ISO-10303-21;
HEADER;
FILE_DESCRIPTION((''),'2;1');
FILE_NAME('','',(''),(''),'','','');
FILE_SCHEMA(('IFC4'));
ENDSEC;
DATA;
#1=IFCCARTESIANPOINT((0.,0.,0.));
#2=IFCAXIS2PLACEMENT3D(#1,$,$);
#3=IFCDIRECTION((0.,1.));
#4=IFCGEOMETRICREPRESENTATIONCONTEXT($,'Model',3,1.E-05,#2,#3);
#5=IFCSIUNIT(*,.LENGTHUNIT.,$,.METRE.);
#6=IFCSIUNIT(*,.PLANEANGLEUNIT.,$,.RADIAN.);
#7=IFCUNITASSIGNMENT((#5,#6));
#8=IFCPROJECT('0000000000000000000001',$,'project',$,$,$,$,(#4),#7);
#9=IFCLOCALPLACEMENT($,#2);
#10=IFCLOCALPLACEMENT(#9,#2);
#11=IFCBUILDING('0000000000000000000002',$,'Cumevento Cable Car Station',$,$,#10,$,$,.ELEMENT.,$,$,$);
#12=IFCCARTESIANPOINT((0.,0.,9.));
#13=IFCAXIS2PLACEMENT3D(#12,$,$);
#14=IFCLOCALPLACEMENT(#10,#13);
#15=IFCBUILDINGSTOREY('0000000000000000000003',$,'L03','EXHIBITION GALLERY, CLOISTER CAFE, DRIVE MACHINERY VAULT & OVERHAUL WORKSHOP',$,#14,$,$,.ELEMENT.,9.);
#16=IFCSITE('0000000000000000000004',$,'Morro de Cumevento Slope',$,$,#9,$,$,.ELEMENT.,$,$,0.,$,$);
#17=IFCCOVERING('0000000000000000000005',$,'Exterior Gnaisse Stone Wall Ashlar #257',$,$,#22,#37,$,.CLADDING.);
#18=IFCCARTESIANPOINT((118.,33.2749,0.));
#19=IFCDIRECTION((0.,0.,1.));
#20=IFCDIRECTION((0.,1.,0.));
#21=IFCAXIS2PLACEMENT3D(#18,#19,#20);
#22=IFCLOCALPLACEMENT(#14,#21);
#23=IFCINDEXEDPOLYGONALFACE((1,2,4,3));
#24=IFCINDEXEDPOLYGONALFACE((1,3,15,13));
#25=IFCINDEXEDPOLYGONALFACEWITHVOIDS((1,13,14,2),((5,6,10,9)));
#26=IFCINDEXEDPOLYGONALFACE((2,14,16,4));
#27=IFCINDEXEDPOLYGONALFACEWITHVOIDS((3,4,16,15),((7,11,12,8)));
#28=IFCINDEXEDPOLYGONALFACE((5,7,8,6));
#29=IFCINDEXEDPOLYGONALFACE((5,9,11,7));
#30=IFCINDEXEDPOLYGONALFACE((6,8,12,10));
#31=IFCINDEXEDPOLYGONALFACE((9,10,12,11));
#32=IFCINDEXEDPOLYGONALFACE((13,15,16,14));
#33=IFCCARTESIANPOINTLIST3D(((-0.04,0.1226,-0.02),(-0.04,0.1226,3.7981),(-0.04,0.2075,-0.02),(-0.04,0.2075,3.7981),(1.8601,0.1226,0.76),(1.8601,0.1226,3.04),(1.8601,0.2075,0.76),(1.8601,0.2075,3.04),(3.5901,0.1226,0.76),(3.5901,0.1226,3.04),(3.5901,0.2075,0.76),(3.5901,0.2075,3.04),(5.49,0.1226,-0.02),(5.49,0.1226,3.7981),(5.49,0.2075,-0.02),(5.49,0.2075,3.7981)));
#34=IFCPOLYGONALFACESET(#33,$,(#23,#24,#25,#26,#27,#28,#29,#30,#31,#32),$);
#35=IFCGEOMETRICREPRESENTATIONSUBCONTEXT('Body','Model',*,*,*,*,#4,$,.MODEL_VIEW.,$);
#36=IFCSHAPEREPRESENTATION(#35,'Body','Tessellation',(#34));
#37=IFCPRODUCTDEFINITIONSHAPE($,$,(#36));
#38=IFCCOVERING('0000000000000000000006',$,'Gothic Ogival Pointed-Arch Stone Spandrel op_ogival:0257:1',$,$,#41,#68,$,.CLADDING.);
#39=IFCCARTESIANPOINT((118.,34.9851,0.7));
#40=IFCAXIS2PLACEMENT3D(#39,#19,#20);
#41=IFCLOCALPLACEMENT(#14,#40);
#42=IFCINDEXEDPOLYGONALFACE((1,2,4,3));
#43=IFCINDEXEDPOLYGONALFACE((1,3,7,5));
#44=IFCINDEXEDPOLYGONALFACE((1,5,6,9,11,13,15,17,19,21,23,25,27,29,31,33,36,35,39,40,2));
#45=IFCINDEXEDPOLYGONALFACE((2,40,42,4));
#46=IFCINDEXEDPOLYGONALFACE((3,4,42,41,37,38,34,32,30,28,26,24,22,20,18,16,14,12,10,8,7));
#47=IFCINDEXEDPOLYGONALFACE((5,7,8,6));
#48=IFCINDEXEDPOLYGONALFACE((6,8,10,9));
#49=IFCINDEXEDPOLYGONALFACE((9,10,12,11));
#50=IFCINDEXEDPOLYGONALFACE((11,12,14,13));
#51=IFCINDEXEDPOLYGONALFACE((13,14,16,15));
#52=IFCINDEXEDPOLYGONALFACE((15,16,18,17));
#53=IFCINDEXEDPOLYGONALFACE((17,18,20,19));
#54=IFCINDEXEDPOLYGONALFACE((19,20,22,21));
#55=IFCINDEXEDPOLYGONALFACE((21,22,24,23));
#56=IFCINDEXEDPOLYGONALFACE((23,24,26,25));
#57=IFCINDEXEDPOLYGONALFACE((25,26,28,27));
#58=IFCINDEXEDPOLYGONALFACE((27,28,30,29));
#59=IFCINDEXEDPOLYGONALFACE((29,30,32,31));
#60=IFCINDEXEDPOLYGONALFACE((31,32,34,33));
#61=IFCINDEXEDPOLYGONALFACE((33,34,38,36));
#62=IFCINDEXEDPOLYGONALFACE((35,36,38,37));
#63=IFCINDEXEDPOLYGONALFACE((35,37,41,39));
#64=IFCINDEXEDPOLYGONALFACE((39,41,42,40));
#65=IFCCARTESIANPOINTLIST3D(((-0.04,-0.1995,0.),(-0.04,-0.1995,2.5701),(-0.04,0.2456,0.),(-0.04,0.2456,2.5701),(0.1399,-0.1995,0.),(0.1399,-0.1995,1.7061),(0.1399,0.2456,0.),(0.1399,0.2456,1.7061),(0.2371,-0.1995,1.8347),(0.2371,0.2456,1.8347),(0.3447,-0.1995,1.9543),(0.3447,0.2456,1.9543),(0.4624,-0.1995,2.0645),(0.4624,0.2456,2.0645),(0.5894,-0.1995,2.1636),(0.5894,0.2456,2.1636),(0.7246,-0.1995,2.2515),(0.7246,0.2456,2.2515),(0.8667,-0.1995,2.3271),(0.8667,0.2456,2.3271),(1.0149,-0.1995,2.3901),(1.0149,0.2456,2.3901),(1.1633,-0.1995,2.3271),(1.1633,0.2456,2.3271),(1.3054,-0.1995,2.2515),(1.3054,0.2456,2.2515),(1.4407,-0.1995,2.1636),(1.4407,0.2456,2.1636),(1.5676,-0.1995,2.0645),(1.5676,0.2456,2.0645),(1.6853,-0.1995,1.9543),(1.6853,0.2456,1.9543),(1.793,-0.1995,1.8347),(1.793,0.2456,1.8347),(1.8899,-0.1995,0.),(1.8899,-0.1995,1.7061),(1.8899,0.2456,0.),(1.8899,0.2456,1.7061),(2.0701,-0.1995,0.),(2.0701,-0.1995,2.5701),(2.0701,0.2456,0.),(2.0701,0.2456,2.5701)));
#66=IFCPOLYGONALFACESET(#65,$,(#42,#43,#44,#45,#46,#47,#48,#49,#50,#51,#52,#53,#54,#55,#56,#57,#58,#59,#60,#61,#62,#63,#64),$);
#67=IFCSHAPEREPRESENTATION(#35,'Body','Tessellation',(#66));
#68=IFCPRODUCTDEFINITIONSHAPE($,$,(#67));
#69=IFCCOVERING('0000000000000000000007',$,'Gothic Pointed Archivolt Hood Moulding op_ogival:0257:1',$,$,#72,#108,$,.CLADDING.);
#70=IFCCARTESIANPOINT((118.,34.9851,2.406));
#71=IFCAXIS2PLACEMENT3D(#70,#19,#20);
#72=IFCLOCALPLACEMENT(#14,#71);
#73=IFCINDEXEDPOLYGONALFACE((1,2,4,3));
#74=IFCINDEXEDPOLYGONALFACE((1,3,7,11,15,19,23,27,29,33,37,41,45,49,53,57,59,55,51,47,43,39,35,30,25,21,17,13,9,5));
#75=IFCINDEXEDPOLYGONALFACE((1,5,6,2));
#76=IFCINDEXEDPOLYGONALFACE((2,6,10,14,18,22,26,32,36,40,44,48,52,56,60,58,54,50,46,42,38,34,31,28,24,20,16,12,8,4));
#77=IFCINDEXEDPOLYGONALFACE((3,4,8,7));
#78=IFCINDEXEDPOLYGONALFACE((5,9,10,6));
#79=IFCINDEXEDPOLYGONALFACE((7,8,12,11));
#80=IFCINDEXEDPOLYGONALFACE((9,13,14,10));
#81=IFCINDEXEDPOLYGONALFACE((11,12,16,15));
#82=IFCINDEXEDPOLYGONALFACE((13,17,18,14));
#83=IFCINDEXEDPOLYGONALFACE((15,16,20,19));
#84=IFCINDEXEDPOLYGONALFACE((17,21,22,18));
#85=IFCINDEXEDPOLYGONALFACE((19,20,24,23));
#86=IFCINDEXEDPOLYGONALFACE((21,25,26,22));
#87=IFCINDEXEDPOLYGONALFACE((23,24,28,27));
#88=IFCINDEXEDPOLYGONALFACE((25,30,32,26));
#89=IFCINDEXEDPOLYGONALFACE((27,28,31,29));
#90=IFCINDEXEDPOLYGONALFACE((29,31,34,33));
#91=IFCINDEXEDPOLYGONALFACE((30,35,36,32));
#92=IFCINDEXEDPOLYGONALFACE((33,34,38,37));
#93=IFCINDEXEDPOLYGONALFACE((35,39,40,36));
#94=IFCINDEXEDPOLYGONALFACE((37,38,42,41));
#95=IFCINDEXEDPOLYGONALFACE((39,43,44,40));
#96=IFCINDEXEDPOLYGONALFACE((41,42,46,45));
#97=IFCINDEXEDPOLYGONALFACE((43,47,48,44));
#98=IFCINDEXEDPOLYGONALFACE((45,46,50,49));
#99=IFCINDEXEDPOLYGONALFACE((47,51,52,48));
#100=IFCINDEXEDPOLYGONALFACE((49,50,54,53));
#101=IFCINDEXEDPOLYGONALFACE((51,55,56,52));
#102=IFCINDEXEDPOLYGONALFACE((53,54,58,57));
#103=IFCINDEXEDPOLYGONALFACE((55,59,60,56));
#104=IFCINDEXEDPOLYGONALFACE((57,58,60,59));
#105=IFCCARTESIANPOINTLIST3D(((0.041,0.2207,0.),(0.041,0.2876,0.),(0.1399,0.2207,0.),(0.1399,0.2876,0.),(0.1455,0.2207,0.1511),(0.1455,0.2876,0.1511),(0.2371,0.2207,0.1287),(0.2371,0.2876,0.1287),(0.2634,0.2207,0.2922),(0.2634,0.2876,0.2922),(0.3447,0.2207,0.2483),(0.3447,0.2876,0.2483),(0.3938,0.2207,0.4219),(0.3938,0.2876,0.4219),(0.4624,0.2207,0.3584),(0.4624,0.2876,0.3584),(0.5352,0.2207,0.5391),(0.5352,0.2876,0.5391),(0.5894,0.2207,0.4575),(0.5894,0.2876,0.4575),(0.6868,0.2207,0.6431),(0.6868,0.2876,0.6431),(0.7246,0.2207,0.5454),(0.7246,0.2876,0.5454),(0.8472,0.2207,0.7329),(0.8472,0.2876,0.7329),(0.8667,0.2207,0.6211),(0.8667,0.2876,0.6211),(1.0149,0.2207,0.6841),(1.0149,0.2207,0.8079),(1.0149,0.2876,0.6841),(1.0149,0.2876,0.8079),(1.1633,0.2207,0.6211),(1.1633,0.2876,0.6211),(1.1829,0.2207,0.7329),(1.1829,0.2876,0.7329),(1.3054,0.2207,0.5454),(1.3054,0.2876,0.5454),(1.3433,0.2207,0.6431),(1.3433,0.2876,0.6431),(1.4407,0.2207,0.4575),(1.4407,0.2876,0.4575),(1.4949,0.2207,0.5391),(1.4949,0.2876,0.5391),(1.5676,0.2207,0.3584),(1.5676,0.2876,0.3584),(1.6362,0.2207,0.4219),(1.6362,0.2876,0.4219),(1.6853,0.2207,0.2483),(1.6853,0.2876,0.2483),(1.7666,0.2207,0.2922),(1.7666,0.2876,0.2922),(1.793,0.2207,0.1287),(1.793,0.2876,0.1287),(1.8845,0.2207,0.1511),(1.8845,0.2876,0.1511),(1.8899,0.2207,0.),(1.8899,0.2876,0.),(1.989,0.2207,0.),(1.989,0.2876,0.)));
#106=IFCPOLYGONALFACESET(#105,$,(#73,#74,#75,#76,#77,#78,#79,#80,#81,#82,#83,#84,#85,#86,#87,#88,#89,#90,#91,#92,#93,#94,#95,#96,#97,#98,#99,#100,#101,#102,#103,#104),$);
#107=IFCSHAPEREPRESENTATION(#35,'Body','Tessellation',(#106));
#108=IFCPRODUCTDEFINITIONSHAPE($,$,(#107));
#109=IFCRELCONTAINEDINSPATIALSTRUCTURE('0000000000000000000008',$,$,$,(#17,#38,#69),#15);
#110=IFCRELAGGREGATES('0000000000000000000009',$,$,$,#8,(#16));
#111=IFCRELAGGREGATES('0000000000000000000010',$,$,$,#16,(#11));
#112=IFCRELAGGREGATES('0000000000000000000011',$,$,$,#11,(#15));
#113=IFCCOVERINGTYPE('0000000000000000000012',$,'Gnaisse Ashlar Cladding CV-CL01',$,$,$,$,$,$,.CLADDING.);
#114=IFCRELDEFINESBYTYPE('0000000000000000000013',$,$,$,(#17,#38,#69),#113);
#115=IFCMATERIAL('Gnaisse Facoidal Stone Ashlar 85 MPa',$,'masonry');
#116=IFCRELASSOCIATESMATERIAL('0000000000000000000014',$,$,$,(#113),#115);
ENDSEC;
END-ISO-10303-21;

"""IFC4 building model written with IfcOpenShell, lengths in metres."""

from ifc_helpers import new_model, si_unit, direction, frame, origin, place, context, subcontext, project, spatial, polyline, outline, extrude, material, type_object, element, save


model = new_model("IFC4")

# Units and contexts
model_context = context("Model", 3, precision=1e-05, world=origin(), true_north=direction((0.0, 1.0)))
body_context = subcontext(model_context, "Body", "Model", "MODEL_VIEW")
ifc_project = project(units=[si_unit("LENGTHUNIT", "METRE"), si_unit("PLANEANGLEUNIT", "RADIAN")], contexts=[model_context])

# Site, building, storey
site_placement = place(None, origin())
site = spatial("IfcSite", under=ifc_project, at=site_placement, Name="Morro de Cumevento Slope", CompositionType="ELEMENT", RefElevation=0.0)
building_placement = place(site_placement, origin())
building = spatial("IfcBuilding", under=site, at=building_placement, Name="Cumevento Cable Car Station", CompositionType="ELEMENT")
storey_placement = place(building_placement, frame((0.0, 0.0, 9.0)))
storey = spatial("IfcBuildingStorey", under=building, at=storey_placement, Name="L03", Description="EXHIBITION GALLERY, CLOISTER CAFE, DRIVE MACHINERY VAULT & OVERHAUL WORKSHOP", CompositionType="ELEMENT", Elevation=9.0)

# Coverings
ifc_material_1 = material(Name="Gnaisse Facoidal Stone Ashlar 85 MPa", Category="masonry")
covering_type = type_object("IfcCoveringType", Name="Gnaisse Ashlar Cladding CV-CL01", PredefinedType="CLADDING", material=ifc_material_1)
covering_1_placement = place(storey_placement, frame((118.0, 33.2749, 0.0), z_axis=(0.0, 0.0, 1.0), x_axis=(0.0, 1.0, 0.0)))
element("IfcCovering", 1, at=covering_1_placement, inside=storey, type_object=covering_type, Name="Exterior Gnaisse Stone Wall Ashlar #257", PredefinedType="CLADDING", context=body_context, shape_type="SweptSolid", body=[
    extrude(outline(polyline([(-0.04, -0.02), (5.49, -0.02), (5.49, 3.7981), (-0.04, 3.7981), (-0.04, -0.02)]), holes=[polyline([(1.8601, 0.76), (3.5901, 0.76), (3.5901, 3.04), (1.8601, 3.04), (1.8601, 0.76)])]), frame((0.0, 0.2075, 0.0), z_axis=(0.0, -1.0, 0.0), x_axis=(1.0, 0.0, 0.0)), (0.0, 0.0, 1.0), 0.085),
])
covering_2_placement = place(storey_placement, frame((118.0, 34.9851, 0.7), z_axis=(0.0, 0.0, 1.0), x_axis=(0.0, 1.0, 0.0)))
element("IfcCovering", 2, at=covering_2_placement, inside=storey, type_object=covering_type, Name="Gothic Ogival Pointed-Arch Stone Spandrel op_ogival:0257:1", PredefinedType="CLADDING", context=body_context, shape_type="SweptSolid", body=[
    extrude(outline(polyline([(-0.04, 0.0), (-0.04, 2.5701), (2.0701, 2.5701), (2.0701, 0.0), (1.8899, 0.0), (1.8899, 1.7061), (1.793, 1.8347), (1.6853, 1.9543), (1.5676, 2.0645), (1.4407, 2.1636), (1.3054, 2.2515), (1.1633, 2.3271), (1.0149, 2.3901), (0.8667, 2.3271), (0.7246, 2.2515), (0.5894, 2.1636), (0.4624, 2.0645), (0.3447, 1.9543), (0.2371, 1.8347), (0.1399, 1.7061), (0.1399, 0.0), (-0.04, 0.0)])), frame((0.0, 0.2456, 0.0), z_axis=(0.0, -1.0, 0.0), x_axis=(1.0, 0.0, 0.0)), (0.0, 0.0, 1.0), 0.4451),
])
covering_3_placement = place(storey_placement, frame((118.0, 34.9851, 2.406), z_axis=(0.0, 0.0, 1.0), x_axis=(0.0, 1.0, 0.0)))
element("IfcCovering", 3, at=covering_3_placement, inside=storey, type_object=covering_type, Name="Gothic Pointed Archivolt Hood Moulding op_ogival:0257:1", PredefinedType="CLADDING", context=body_context, shape_type="SweptSolid", body=[
    extrude(outline(polyline([(0.1399, 0.0), (0.2371, 0.1287), (0.3447, 0.2483), (0.4624, 0.3584), (0.5894, 0.4575), (0.7246, 0.5454), (0.8667, 0.6211), (1.0149, 0.6841), (1.1633, 0.6211), (1.3054, 0.5454), (1.4407, 0.4575), (1.5676, 0.3584), (1.6853, 0.2483), (1.793, 0.1287), (1.8899, 0.0), (1.989, 0.0), (1.8845, 0.1511), (1.7666, 0.2922), (1.6362, 0.4219), (1.4949, 0.5391), (1.3433, 0.6431), (1.1829, 0.7329), (1.0149, 0.8079), (0.8472, 0.7329), (0.6868, 0.6431), (0.5352, 0.5391), (0.3938, 0.4219), (0.2634, 0.2922), (0.1455, 0.1511), (0.041, 0.0), (0.1399, 0.0)])), frame((0.0, 0.2876, 0.0), z_axis=(0.0, -1.0, 0.0), x_axis=(1.0, 0.0, 0.0)), (0.0, 0.0, 1.0), 0.0669),
])

save(model, "model.ifc")
